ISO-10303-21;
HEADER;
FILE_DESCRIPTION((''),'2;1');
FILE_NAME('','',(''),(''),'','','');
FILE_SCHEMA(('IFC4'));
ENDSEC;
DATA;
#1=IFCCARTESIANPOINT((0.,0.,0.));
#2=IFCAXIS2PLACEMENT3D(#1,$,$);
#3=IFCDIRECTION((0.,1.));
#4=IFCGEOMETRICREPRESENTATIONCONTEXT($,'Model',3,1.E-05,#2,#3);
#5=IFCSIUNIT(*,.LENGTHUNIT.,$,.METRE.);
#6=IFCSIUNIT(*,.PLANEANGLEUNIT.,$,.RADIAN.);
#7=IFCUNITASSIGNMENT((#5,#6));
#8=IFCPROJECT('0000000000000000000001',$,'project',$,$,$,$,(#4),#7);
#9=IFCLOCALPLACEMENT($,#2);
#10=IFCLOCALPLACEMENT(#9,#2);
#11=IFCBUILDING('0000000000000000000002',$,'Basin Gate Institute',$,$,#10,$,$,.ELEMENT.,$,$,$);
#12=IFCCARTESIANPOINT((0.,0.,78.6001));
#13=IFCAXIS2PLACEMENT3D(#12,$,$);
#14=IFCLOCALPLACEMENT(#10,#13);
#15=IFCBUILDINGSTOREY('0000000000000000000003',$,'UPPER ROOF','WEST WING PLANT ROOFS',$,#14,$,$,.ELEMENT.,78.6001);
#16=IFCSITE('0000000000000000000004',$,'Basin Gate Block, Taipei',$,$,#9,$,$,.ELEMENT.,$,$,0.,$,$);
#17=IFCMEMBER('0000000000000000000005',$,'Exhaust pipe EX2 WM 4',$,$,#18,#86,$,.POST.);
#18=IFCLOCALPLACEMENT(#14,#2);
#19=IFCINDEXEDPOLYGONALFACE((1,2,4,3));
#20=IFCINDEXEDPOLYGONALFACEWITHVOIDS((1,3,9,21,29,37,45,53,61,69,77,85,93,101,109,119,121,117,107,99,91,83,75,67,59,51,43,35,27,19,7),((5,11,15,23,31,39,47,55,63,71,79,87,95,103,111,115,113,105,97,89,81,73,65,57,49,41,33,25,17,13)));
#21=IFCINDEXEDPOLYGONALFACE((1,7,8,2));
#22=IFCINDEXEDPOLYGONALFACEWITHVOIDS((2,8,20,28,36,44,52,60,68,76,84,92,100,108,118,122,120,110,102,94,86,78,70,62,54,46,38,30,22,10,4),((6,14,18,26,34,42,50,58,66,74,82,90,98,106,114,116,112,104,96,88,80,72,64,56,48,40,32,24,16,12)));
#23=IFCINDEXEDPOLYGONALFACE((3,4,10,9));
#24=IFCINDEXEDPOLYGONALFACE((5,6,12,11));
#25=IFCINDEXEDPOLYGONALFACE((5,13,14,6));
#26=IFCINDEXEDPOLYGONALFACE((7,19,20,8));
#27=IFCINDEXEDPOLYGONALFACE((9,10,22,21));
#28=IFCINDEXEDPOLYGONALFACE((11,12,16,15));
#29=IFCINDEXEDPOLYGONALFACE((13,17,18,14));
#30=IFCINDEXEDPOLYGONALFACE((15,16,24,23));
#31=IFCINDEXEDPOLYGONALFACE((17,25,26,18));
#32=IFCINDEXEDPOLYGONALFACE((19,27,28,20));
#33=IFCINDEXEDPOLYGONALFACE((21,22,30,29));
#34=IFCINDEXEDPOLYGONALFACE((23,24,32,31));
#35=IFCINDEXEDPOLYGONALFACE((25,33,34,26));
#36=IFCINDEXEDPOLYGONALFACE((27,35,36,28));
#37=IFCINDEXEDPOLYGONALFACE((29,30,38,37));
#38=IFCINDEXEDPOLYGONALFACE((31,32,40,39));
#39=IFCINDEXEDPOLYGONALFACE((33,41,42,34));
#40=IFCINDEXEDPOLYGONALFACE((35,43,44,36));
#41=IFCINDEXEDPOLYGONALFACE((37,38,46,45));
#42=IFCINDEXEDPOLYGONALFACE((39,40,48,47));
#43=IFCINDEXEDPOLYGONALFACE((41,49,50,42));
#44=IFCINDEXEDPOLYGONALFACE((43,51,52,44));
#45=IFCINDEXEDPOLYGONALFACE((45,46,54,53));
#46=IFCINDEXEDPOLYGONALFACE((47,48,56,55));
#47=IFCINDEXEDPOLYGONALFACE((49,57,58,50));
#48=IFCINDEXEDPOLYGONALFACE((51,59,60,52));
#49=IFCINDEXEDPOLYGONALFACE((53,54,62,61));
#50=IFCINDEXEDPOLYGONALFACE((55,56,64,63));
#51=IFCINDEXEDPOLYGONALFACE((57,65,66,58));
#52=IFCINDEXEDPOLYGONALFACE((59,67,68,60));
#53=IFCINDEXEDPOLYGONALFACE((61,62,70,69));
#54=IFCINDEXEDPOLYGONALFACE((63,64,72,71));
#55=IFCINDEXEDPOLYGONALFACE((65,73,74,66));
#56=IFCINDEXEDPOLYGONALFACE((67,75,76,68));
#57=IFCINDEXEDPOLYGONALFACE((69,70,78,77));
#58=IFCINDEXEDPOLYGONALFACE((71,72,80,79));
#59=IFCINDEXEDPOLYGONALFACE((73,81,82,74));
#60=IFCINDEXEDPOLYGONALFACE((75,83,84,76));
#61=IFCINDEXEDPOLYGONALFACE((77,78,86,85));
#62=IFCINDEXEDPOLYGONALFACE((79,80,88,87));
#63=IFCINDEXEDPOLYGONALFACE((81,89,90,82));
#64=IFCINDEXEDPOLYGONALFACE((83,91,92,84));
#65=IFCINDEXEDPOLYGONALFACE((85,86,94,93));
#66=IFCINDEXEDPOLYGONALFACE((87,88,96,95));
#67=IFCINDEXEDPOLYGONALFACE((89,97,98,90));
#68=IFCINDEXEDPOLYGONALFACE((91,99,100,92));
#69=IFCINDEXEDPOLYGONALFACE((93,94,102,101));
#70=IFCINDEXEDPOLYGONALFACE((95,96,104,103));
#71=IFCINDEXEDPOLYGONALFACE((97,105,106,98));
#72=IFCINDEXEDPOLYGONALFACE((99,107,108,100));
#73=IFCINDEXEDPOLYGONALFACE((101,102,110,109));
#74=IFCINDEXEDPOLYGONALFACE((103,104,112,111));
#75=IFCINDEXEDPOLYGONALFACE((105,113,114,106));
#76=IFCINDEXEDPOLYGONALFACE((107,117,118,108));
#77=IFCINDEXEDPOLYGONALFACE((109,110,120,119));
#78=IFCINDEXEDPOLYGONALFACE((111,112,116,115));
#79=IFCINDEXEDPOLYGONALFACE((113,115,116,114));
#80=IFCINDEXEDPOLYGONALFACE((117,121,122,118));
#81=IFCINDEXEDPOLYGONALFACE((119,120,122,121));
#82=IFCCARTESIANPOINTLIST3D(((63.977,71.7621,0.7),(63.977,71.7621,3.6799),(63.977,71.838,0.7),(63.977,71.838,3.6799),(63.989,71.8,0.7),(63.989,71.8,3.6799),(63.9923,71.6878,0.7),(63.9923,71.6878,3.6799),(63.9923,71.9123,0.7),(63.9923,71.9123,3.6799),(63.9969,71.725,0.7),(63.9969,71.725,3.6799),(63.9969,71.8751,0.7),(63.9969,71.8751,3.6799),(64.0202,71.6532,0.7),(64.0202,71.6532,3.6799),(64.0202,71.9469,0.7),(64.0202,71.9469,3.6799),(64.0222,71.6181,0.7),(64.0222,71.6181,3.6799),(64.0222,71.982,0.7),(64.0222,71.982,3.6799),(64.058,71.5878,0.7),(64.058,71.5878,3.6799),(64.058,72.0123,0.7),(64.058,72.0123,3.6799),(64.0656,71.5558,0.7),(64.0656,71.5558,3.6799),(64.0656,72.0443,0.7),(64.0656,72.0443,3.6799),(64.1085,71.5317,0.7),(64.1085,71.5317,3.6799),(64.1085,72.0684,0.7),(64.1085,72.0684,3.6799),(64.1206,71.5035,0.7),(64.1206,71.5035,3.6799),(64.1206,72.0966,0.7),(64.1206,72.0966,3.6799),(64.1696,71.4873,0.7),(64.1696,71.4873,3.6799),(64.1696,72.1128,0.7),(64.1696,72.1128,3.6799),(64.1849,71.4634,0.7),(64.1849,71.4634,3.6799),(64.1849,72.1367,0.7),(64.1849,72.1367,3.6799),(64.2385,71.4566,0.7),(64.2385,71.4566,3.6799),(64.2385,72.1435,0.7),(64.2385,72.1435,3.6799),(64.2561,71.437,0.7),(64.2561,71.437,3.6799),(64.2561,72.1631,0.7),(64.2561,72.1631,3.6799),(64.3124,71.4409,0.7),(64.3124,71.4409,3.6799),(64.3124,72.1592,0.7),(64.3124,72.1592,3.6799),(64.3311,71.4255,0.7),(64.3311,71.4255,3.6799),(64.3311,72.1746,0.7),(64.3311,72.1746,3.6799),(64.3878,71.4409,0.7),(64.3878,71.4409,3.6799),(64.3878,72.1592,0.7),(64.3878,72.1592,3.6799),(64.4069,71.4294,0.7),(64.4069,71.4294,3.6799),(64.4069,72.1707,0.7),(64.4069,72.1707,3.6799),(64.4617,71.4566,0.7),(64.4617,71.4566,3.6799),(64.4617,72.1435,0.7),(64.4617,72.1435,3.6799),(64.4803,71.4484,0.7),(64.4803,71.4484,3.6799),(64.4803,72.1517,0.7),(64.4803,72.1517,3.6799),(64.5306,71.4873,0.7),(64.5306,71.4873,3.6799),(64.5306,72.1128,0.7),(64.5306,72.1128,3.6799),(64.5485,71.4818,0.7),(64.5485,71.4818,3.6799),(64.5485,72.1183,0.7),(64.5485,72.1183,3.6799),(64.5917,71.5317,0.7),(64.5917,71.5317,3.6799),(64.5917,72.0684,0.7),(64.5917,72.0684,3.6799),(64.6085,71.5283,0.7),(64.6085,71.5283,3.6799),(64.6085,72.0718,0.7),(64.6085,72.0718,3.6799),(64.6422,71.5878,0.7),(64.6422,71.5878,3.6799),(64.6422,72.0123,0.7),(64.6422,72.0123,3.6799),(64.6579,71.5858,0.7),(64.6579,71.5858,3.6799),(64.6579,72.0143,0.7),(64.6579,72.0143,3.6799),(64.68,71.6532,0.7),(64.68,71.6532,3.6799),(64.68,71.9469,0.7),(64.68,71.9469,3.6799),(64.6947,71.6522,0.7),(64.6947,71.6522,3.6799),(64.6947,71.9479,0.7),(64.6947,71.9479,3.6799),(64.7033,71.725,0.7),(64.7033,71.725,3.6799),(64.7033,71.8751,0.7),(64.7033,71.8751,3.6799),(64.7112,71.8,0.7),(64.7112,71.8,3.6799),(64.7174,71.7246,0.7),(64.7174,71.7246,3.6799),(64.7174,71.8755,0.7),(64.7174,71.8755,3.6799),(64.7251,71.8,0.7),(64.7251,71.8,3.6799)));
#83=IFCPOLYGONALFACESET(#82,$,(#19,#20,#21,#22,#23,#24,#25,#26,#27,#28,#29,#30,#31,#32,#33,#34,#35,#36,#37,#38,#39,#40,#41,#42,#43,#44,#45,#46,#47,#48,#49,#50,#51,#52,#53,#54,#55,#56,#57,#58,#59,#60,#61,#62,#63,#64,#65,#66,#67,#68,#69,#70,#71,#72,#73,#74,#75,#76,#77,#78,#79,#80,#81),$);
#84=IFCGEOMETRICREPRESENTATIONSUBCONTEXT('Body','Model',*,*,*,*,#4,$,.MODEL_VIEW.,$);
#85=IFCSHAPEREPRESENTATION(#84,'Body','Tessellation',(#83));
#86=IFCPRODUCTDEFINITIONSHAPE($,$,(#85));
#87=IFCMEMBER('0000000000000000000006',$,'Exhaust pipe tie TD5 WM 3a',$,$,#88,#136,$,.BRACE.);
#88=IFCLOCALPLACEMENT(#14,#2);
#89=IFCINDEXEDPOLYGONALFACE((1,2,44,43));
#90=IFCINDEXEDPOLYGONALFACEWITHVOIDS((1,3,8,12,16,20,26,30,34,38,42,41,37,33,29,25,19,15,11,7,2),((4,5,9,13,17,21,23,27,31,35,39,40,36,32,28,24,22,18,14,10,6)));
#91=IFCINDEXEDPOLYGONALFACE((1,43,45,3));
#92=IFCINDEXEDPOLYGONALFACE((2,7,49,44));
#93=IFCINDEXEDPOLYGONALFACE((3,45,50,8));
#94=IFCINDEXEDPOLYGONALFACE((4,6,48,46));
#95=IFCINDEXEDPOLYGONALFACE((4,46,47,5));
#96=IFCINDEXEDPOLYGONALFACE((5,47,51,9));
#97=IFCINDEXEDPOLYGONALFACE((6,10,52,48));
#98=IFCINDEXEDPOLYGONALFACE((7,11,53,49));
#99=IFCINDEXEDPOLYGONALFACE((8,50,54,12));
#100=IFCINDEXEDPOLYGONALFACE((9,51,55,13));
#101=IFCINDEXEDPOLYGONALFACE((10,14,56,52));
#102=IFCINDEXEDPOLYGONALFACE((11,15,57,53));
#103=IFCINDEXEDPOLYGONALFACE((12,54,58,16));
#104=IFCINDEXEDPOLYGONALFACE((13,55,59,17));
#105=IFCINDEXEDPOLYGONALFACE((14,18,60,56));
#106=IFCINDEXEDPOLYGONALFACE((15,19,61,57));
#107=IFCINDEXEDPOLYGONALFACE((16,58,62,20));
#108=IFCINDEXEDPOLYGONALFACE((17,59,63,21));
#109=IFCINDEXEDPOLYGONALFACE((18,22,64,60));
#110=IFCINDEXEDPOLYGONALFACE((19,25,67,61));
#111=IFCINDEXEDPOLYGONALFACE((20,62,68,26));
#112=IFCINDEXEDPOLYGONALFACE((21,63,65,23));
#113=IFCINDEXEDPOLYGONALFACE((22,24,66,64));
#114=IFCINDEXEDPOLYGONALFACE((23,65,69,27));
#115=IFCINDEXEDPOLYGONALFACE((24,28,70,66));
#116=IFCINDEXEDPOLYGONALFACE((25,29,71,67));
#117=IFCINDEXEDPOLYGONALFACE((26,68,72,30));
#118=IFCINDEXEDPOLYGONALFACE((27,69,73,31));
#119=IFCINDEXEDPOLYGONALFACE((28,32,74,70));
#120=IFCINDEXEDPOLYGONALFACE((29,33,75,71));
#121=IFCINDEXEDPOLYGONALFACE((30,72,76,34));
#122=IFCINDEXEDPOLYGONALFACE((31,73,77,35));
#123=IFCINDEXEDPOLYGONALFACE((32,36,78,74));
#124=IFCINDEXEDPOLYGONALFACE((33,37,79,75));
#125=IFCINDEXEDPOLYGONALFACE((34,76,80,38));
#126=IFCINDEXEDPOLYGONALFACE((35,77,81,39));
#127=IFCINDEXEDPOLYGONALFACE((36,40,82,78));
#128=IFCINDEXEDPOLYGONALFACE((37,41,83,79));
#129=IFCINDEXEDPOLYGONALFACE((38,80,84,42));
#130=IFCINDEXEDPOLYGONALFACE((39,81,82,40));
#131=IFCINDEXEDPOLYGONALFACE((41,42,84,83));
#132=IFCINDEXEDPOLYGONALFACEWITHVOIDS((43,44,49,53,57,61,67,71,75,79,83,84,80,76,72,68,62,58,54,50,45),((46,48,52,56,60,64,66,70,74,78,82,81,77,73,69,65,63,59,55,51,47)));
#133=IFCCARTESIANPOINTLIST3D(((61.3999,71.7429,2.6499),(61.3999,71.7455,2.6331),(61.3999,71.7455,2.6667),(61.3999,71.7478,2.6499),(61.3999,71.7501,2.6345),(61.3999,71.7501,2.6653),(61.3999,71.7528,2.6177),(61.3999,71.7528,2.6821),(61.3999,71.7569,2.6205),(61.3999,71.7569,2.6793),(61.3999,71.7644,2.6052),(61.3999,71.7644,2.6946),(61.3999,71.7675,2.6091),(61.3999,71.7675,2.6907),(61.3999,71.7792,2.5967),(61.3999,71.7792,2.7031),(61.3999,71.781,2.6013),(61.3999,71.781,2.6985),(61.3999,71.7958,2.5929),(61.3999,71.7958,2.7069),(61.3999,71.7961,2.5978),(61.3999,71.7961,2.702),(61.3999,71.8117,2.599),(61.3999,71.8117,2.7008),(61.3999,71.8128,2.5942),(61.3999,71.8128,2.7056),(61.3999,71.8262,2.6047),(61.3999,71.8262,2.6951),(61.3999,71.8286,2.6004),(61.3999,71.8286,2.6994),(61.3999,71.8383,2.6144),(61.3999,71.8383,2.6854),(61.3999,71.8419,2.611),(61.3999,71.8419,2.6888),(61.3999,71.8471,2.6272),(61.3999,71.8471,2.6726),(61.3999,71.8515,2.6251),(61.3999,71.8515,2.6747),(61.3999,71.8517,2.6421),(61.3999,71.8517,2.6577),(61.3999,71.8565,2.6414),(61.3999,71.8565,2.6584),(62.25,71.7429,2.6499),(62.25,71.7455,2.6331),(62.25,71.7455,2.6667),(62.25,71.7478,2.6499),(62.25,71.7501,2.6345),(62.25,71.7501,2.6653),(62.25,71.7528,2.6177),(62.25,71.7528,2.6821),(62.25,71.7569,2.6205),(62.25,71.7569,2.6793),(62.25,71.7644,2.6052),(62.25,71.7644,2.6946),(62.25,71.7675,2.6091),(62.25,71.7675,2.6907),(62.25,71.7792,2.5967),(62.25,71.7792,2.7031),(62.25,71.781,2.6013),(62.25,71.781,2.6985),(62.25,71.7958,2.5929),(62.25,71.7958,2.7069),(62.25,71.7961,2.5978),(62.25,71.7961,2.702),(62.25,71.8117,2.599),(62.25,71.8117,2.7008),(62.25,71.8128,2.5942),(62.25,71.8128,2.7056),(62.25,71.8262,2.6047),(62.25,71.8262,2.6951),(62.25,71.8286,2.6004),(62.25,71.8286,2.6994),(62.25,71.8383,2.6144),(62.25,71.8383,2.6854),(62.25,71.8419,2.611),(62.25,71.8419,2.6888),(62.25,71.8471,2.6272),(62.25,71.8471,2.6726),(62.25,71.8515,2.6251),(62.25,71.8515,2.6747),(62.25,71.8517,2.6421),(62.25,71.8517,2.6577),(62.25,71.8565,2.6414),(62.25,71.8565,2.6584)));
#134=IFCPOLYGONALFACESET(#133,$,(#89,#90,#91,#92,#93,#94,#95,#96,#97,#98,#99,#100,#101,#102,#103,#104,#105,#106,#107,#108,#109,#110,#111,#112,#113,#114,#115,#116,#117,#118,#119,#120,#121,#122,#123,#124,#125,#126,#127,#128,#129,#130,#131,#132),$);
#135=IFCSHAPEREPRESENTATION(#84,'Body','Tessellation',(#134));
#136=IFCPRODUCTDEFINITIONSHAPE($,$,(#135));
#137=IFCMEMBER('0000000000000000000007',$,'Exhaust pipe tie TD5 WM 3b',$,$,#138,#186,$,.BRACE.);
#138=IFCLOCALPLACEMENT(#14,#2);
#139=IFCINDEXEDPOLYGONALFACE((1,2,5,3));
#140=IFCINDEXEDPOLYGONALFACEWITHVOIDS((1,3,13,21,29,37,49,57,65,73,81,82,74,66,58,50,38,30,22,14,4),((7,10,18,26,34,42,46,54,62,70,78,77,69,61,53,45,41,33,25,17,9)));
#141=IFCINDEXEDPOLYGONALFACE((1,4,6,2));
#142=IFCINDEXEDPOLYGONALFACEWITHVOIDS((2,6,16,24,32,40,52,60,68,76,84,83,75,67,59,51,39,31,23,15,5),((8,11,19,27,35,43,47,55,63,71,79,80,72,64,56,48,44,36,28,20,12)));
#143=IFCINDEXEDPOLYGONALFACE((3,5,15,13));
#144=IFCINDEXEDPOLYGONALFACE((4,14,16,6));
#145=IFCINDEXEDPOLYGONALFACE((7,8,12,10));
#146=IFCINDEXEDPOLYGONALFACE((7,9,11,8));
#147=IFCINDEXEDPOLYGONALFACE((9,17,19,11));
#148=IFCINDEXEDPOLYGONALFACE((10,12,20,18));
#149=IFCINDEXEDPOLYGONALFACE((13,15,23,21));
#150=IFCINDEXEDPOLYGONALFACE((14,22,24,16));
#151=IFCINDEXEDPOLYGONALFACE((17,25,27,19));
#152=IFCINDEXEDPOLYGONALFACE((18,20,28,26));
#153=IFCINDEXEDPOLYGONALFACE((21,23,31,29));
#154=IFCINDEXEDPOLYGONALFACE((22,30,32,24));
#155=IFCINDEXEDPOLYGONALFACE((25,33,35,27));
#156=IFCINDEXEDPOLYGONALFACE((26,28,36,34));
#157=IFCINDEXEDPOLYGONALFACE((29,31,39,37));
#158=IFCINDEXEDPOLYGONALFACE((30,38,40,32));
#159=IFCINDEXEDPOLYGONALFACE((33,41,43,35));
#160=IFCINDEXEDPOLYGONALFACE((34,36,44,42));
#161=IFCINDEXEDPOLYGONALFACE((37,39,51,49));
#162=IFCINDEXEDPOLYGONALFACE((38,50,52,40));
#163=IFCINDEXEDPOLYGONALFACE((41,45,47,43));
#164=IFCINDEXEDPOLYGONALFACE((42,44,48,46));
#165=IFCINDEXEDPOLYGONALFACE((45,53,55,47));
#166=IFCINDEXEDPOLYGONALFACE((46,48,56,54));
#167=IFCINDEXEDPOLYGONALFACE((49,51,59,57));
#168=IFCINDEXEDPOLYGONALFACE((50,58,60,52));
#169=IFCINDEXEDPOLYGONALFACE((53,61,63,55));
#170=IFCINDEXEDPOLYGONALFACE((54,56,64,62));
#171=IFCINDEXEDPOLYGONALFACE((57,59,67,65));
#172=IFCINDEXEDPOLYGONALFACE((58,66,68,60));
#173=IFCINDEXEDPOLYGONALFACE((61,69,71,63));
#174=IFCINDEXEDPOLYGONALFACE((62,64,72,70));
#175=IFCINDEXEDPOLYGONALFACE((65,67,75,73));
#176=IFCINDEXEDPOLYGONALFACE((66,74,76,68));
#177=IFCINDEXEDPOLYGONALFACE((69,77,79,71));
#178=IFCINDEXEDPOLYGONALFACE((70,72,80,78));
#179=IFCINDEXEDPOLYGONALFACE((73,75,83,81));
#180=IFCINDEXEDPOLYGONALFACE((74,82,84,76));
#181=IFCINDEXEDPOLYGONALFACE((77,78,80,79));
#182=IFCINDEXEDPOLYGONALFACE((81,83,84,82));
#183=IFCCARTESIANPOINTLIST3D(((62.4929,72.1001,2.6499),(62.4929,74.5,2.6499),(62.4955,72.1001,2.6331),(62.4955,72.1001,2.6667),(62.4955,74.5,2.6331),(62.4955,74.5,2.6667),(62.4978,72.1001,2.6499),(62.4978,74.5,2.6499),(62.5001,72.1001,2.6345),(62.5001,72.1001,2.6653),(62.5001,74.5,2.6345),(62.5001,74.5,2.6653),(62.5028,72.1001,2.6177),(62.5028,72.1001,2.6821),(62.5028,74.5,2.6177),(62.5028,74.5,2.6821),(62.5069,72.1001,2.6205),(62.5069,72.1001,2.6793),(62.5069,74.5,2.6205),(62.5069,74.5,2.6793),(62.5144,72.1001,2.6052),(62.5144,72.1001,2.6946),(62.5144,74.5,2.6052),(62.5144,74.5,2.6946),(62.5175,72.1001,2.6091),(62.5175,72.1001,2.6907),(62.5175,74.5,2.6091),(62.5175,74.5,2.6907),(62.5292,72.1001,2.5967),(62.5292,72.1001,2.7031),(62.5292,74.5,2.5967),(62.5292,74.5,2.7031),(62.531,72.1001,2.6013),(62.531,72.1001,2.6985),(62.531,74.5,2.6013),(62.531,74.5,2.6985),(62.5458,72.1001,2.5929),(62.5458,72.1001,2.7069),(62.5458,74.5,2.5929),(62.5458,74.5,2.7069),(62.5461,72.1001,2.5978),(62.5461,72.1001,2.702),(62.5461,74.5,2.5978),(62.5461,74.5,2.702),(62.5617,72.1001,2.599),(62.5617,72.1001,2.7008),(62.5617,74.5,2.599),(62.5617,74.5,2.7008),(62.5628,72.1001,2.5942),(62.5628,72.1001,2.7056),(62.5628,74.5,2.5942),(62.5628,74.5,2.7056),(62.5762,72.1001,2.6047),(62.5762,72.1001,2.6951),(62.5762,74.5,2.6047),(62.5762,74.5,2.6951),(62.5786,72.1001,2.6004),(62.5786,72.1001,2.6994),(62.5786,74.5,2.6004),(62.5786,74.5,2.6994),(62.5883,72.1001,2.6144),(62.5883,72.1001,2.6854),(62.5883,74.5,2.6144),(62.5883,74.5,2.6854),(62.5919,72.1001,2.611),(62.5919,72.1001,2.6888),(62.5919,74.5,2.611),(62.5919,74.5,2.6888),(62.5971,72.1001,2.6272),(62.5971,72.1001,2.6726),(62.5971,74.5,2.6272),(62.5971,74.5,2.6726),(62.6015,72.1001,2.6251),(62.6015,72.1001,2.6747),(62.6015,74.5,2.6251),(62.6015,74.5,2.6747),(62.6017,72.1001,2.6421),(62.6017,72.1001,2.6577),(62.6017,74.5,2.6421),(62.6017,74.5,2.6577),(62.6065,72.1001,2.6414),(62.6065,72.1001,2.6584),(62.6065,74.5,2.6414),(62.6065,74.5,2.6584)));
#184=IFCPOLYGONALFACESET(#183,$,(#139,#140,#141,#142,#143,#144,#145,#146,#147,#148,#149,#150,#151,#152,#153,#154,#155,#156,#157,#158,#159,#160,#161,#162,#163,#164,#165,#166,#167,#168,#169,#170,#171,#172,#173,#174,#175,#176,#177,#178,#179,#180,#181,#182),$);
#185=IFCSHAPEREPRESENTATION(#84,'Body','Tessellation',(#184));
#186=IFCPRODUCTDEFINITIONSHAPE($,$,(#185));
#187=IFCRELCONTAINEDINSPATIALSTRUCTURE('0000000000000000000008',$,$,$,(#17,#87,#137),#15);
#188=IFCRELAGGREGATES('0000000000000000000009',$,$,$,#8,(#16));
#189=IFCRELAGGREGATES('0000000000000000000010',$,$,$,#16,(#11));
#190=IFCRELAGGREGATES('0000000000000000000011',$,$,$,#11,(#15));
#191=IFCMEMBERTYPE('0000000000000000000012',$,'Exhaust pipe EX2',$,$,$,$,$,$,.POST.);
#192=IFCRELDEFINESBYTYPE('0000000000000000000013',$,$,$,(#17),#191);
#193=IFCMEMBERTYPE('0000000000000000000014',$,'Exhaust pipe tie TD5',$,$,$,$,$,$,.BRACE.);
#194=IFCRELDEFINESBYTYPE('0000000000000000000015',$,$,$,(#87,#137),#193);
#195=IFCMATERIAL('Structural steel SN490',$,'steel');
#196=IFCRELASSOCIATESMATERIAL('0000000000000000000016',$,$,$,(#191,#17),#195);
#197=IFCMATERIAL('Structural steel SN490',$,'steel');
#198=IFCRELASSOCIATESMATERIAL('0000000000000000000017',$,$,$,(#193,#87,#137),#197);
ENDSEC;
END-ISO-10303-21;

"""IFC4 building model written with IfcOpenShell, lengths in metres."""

from ifc_helpers import new_model, si_unit, direction, frame, origin, origin_2d, place, context, subcontext, project, spatial, hollow_circle, extrude, material, material_profile, profile_set, type_object, element, save


model = new_model("IFC4")

# Units and contexts
model_context = context("Model", 3, precision=1e-05, world=origin(), true_north=direction((0.0, 1.0)))
body_context = subcontext(model_context, "Body", "Model", "MODEL_VIEW")
ifc_project = project(units=[si_unit("LENGTHUNIT", "METRE"), si_unit("PLANEANGLEUNIT", "RADIAN")], contexts=[model_context])

# Site, building, storey
site_placement = place(None, origin())
site = spatial("IfcSite", under=ifc_project, at=site_placement, Name="Basin Gate Block, Taipei", CompositionType="ELEMENT", RefElevation=0.0)
building_placement = place(site_placement, origin())
building = spatial("IfcBuilding", under=site, at=building_placement, Name="Basin Gate Institute", CompositionType="ELEMENT")
storey_placement = place(building_placement, frame((0.0, 0.0, 78.6001)))
storey = spatial("IfcBuildingStorey", under=building, at=storey_placement, Name="UPPER ROOF", Description="WEST WING PLANT ROOFS", CompositionType="ELEMENT", Elevation=78.6001)

# Members
ifc_material_1 = material(Name="Structural steel SN490", Category="steel")
ifc_material_profile_1 = material_profile(ifc_material_1, hollow_circle(Radius=0.375, WallThickness=0.0139, at=origin_2d()), Name="CHS750x14")
ifc_profile_set_1 = profile_set([ifc_material_profile_1], Name="Structural steel SN490")
member_type_1 = type_object("IfcMemberType", Name="Exhaust pipe EX2", PredefinedType="POST", material=ifc_profile_set_1)
member_1_placement = place(storey_placement, frame((64.3501, 71.8, 0.7), z_axis=(0.0, 0.0, 1.0), x_axis=(1.0, 0.0, 0.0)))
element("IfcMember", 1, at=member_1_placement, inside=storey, type_object=member_type_1, material=ifc_profile_set_1, Name="Exhaust pipe EX2 WM 4", PredefinedType="POST", context=body_context, shape_type="SweptSolid", body=[
    extrude(hollow_circle(Radius=0.375, WallThickness=0.0139, at=origin_2d()), origin(), (0.0, 0.0, 1.0), 2.98),
])
ifc_material_2 = material(Name="Structural steel SN490", Category="steel")
ifc_material_profile_2 = material_profile(ifc_material_2, hollow_circle(Radius=0.0571, WallThickness=0.0049, at=origin_2d()), Name="CHS114x5")
ifc_profile_set_2 = profile_set([ifc_material_profile_2], Name="Structural steel SN490")
member_type_2 = type_object("IfcMemberType", Name="Exhaust pipe tie TD5", PredefinedType="BRACE", material=ifc_profile_set_2)
member_2_placement = place(storey_placement, frame((62.25, 71.8, 2.6499), z_axis=(-1.0, 0.0, 0.0), x_axis=(0.0, -1.0, 0.0)))
element("IfcMember", 2, at=member_2_placement, inside=storey, type_object=member_type_2, material=ifc_profile_set_2, Name="Exhaust pipe tie TD5 WM 3a", PredefinedType="BRACE", context=body_context, shape_type="SweptSolid", body=[
    extrude(hollow_circle(Radius=0.0571, WallThickness=0.0049, at=origin_2d()), origin(), (0.0, 0.0, 1.0), 0.8501),
])
member_3_placement = place(storey_placement, frame((62.55, 72.1001, 2.6499), z_axis=(0.0, 1.0, 0.0), x_axis=(-1.0, 0.0, 0.0)))
element("IfcMember", 3, at=member_3_placement, inside=storey, type_object=member_type_2, material=ifc_profile_set_2, Name="Exhaust pipe tie TD5 WM 3b", PredefinedType="BRACE", context=body_context, shape_type="SweptSolid", body=[
    extrude(hollow_circle(Radius=0.0571, WallThickness=0.0049, at=origin_2d()), origin(), (0.0, 0.0, 1.0), 2.3999),
])

save(model, "model.ifc")
